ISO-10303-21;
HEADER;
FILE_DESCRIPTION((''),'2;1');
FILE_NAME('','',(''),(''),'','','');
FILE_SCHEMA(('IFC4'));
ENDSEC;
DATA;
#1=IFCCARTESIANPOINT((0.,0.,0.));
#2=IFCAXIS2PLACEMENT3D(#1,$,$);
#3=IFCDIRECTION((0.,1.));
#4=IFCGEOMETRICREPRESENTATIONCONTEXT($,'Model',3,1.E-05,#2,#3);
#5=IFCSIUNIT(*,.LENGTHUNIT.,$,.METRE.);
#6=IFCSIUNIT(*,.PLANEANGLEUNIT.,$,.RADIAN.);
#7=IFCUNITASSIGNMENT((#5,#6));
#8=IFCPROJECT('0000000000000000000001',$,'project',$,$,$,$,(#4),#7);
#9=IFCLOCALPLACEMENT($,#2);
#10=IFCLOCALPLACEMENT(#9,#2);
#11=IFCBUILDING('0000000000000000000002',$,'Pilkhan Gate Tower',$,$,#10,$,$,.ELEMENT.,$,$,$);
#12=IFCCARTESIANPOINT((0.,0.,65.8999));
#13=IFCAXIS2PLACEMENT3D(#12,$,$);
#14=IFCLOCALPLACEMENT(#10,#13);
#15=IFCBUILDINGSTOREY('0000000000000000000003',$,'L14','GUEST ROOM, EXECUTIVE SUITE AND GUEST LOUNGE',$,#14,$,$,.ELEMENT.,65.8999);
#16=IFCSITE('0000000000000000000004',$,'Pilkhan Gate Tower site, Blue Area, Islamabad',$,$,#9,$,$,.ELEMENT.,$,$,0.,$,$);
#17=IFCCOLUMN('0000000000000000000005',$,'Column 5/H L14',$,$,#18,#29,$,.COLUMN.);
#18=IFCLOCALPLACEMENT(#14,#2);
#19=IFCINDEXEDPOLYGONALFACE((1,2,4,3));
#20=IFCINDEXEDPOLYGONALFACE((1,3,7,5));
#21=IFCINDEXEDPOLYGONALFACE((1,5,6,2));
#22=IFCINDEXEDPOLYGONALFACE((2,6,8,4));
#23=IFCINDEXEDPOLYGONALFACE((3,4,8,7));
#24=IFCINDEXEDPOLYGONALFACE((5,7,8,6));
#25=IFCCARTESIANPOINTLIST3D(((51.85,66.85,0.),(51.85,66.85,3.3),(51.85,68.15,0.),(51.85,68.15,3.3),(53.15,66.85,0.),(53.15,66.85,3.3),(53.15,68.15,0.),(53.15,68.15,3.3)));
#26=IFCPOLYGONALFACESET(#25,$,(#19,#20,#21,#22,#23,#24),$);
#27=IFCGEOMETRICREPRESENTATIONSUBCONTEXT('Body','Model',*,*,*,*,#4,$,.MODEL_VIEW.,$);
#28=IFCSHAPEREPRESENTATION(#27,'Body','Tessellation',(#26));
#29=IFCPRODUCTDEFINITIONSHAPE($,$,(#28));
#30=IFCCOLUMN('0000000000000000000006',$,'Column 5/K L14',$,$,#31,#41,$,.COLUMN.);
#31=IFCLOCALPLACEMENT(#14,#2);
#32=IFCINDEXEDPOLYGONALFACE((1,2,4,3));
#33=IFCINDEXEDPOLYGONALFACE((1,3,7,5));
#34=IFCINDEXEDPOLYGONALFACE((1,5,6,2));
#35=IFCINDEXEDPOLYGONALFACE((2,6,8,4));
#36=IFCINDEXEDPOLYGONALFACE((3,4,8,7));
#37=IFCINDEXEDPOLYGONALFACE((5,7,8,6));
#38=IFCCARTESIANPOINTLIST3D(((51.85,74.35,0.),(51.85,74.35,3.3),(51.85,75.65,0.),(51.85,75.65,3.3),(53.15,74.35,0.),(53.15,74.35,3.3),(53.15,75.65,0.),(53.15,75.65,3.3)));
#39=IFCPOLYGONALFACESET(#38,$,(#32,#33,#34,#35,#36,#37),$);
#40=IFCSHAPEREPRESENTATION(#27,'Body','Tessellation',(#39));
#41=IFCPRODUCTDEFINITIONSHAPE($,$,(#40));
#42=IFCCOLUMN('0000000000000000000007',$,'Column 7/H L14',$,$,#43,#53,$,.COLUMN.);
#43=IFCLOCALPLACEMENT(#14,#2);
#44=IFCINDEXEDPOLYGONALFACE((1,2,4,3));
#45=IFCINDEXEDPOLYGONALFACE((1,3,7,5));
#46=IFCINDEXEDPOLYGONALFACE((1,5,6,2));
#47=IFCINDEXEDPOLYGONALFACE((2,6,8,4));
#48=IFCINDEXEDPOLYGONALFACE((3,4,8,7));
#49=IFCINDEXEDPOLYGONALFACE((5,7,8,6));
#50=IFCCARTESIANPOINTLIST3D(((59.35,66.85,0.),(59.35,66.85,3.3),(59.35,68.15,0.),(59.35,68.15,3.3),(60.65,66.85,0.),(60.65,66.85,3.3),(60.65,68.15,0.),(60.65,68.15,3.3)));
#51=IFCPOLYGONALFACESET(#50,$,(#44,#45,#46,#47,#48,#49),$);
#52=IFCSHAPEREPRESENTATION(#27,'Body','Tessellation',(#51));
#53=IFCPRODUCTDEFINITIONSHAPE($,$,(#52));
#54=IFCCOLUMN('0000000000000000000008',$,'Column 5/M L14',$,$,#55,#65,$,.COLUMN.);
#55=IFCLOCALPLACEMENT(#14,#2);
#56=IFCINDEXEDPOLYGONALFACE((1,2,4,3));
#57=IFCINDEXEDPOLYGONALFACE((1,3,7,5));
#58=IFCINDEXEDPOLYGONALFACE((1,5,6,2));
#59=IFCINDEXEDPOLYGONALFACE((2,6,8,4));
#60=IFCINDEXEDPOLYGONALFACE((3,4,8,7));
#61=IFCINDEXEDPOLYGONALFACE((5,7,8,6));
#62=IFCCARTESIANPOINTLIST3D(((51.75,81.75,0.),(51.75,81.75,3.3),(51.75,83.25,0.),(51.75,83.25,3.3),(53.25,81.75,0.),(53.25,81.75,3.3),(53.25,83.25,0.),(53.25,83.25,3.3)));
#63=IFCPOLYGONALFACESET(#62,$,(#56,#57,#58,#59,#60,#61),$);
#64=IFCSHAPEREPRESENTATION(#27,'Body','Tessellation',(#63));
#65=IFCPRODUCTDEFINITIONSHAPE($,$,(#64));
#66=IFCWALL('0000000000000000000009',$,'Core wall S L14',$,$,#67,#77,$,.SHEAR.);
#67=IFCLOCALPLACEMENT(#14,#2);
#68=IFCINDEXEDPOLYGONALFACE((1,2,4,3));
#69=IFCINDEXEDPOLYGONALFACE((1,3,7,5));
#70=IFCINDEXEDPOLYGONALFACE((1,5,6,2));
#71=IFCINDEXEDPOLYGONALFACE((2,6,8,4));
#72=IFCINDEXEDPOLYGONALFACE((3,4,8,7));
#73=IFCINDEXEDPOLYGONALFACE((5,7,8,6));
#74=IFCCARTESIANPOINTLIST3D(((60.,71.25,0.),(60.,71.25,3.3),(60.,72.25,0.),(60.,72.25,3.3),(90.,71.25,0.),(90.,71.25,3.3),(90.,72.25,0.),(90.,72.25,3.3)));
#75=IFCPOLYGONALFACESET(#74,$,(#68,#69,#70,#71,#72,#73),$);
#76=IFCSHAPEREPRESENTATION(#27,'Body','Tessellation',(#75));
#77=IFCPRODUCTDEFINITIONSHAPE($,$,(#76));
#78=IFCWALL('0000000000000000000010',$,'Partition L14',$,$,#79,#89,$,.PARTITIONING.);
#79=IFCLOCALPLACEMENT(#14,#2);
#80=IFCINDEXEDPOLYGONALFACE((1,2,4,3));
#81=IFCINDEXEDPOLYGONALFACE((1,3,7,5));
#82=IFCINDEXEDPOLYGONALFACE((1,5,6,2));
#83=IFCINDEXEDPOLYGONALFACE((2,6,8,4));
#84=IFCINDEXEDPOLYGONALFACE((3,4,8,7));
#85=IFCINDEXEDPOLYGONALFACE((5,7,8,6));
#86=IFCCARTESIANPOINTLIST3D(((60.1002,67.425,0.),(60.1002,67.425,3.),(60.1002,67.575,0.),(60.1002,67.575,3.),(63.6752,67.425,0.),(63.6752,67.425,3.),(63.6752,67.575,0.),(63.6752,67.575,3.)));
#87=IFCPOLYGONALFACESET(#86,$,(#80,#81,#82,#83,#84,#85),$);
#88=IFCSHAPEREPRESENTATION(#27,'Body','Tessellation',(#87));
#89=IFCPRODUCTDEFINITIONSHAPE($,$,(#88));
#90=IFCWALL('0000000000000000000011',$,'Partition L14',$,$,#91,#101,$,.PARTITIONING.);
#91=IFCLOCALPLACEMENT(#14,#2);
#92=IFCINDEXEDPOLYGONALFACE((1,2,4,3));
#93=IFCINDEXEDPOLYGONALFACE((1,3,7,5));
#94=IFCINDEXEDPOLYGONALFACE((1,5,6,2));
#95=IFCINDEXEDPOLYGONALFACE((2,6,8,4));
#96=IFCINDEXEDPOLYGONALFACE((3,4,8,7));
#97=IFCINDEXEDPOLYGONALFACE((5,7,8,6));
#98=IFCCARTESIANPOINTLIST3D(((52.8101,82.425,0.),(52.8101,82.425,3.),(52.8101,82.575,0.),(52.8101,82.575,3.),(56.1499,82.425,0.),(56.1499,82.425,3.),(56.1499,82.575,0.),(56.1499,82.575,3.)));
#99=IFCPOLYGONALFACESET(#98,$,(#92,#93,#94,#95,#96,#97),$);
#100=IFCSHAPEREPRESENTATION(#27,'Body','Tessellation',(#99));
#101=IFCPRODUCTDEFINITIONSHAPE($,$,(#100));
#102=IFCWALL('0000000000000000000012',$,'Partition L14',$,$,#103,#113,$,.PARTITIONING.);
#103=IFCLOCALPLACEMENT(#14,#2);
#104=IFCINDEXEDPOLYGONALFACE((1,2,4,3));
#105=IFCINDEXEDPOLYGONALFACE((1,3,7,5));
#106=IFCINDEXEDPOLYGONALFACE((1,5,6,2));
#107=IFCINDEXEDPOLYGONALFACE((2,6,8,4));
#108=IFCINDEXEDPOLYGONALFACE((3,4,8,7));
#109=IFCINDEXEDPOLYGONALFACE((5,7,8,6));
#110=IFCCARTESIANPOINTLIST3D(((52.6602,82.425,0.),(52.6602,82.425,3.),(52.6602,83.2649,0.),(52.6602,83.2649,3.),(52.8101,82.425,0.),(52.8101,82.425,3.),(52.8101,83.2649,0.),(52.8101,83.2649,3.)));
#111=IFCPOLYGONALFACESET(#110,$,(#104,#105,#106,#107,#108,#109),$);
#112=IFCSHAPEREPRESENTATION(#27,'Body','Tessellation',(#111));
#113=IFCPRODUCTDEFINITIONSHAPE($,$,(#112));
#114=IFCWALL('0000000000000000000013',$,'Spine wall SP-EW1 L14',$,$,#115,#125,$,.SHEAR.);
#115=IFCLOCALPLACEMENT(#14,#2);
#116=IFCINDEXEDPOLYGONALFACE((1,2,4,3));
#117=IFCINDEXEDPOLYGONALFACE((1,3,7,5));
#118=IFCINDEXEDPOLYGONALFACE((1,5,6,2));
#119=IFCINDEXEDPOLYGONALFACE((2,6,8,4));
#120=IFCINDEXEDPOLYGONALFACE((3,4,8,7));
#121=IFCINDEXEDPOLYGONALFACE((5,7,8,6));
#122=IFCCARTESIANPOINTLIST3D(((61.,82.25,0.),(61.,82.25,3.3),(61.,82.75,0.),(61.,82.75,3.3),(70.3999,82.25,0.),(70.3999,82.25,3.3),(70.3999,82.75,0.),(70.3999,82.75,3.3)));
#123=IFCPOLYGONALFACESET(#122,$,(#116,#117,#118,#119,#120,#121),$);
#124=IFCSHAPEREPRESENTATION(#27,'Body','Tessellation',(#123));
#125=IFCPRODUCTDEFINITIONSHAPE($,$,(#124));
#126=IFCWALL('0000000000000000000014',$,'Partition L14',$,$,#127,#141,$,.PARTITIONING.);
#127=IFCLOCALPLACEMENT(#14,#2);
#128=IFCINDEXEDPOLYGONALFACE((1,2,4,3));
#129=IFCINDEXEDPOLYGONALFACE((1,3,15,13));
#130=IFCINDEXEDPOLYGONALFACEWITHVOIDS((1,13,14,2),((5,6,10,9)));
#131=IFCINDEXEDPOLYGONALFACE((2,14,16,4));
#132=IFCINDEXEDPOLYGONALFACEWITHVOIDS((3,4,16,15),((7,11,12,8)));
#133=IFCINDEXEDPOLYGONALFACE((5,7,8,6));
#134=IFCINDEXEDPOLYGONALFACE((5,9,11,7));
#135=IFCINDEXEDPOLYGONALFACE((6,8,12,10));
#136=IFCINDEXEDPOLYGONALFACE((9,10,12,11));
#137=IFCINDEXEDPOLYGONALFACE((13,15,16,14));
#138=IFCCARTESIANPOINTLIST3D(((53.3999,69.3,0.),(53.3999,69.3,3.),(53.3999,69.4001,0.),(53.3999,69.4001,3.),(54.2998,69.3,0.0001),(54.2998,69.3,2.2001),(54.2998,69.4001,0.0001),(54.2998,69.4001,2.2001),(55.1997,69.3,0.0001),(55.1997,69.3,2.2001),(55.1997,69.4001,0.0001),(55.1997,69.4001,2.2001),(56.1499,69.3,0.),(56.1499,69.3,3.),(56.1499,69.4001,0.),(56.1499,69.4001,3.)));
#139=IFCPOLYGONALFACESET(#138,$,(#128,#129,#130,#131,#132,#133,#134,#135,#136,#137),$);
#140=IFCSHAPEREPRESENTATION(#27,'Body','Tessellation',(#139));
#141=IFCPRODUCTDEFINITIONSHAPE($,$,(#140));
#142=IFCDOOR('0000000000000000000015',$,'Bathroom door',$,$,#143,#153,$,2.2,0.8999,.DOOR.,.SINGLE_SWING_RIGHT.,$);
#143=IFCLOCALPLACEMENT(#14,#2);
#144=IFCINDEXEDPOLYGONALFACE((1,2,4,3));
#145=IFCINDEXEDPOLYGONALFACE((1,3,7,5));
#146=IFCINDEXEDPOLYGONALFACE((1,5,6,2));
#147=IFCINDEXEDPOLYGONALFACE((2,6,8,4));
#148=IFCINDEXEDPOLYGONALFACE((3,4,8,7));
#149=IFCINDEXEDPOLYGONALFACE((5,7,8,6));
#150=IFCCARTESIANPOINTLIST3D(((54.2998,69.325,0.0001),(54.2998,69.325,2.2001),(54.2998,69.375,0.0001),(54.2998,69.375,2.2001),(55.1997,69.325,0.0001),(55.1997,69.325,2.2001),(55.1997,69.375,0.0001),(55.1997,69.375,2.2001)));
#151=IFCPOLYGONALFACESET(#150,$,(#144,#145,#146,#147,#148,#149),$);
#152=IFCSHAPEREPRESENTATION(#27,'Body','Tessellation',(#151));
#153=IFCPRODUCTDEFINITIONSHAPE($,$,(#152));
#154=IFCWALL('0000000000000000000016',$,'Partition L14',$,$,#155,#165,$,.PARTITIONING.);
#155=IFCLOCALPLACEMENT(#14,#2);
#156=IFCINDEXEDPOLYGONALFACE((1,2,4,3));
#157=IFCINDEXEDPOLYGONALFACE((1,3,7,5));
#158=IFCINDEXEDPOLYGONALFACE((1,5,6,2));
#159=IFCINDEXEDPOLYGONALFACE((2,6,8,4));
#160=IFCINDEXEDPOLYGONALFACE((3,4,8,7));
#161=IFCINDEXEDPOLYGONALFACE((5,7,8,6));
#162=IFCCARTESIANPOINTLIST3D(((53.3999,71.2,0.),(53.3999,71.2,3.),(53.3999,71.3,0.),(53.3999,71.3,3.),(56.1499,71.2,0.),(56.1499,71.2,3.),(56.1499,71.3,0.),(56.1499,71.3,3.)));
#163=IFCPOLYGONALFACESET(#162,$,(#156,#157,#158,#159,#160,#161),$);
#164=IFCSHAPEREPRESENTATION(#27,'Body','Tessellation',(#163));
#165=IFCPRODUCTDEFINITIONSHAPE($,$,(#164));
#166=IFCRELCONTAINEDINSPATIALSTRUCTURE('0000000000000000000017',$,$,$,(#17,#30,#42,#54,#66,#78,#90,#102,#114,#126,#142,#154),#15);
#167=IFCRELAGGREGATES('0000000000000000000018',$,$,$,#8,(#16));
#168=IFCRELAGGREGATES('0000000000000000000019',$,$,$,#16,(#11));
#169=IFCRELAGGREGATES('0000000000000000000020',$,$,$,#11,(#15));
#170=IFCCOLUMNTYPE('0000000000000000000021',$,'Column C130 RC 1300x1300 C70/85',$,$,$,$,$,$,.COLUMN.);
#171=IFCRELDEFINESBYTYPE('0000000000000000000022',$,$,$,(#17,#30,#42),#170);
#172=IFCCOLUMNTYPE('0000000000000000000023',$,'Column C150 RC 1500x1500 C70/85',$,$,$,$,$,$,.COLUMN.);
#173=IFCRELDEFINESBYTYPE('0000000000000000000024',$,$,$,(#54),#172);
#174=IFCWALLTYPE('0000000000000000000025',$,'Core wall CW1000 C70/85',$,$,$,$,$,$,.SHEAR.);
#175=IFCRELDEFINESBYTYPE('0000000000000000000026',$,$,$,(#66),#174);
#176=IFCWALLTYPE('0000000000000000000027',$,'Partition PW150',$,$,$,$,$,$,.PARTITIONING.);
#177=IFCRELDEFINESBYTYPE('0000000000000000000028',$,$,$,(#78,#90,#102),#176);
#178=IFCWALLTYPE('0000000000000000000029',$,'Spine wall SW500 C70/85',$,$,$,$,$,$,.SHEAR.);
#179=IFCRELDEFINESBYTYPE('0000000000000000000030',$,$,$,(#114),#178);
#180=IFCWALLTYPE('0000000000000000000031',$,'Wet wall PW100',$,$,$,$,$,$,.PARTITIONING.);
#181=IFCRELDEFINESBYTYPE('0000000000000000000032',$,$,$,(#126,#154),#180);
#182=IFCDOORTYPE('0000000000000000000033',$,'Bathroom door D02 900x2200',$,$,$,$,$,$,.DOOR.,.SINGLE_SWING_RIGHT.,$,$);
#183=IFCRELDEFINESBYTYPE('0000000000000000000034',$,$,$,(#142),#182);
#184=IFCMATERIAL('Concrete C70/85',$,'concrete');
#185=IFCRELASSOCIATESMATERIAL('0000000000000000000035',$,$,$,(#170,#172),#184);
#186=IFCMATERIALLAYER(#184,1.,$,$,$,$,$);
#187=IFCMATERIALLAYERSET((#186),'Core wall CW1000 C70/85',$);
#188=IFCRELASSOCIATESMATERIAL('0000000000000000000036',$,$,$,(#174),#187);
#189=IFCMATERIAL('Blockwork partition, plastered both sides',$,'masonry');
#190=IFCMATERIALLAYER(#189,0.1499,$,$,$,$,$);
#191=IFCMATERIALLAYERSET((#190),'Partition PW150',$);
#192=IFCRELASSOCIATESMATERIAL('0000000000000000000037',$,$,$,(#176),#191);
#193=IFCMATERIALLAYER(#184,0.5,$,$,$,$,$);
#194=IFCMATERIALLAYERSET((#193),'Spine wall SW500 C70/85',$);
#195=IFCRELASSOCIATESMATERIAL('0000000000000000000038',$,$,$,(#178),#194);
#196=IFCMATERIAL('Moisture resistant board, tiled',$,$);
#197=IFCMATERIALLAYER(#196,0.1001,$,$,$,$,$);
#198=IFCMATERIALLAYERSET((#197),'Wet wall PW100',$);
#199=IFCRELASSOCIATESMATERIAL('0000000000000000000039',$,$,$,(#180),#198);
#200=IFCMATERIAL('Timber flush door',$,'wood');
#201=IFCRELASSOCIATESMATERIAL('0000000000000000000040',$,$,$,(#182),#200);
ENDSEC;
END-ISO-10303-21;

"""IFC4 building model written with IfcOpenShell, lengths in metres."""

from ifc_helpers import new_model, si_unit, direction, frame, frame_2d, origin, origin_2d, place, context, subcontext, project, spatial, rectangle, extrude, material, layer, layer_set, material_profile, profile_set, type_object, element, fill, save


model = new_model("IFC4")

# Units and contexts
model_context = context("Model", 3, precision=1e-05, world=origin(), true_north=direction((0.0, 1.0)))
body_context = subcontext(model_context, "Body", "Model", "MODEL_VIEW")
ifc_project = project(units=[si_unit("LENGTHUNIT", "METRE"), si_unit("PLANEANGLEUNIT", "RADIAN")], contexts=[model_context])

# Site, building, storey
site_placement = place(None, origin())
site = spatial("IfcSite", under=ifc_project, at=site_placement, Name="Pilkhan Gate Tower site, Blue Area, Islamabad", CompositionType="ELEMENT", RefElevation=0.0)
building_placement = place(site_placement, origin())
building = spatial("IfcBuilding", under=site, at=building_placement, Name="Pilkhan Gate Tower", CompositionType="ELEMENT")
storey_placement = place(building_placement, frame((0.0, 0.0, 65.8999)))
storey = spatial("IfcBuildingStorey", under=building, at=storey_placement, Name="L14", Description="GUEST ROOM, EXECUTIVE SUITE AND GUEST LOUNGE", CompositionType="ELEMENT", Elevation=65.8999)

# Columns
ifc_material_1 = material(Name="Concrete C70/85", Category="concrete")
ifc_material_profile_1 = material_profile(ifc_material_1, rectangle(XDim=1.3, YDim=1.3, at=origin_2d()), Name="RC 1300x1300")
ifc_profile_set_1 = profile_set([ifc_material_profile_1], Name="Concrete C70/85")
column_type_1 = type_object("IfcColumnType", Name="Column C130 RC 1300x1300 C70/85", PredefinedType="COLUMN", material=ifc_profile_set_1)
for number, where, z_axis, x_axis, name in (
    (1, (52.5, 67.5, 0.0), (0.0, 0.0, 1.0), (1.0, 0.0, 0.0), "Column 5/H L14"),
    (2, (52.5, 75.0, 0.0), (0.0, 0.0, 1.0), (1.0, 0.0, 0.0), "Column 5/K L14"),
    (3, (60.0, 67.5, 0.0), (0.0, 0.0, 1.0), (1.0, 0.0, 0.0), "Column 7/H L14"),
):
    element("IfcColumn", number, at=place(storey_placement, frame(where, z_axis=z_axis, x_axis=x_axis)), inside=storey, type_object=column_type_1, Name=name, PredefinedType="COLUMN", context=body_context, shape_type="SweptSolid", body=[
        extrude(rectangle(XDim=1.3, YDim=1.3, at=origin_2d()), origin(), (0.0, 0.0, 1.0), 3.3),
    ])
ifc_material_profile_2 = material_profile(ifc_material_1, rectangle(XDim=1.5, YDim=1.5, at=origin_2d()), Name="RC 1500x1500")
ifc_profile_set_2 = profile_set([ifc_material_profile_2], Name="Concrete C70/85")
column_type_2 = type_object("IfcColumnType", Name="Column C150 RC 1500x1500 C70/85", PredefinedType="COLUMN", material=ifc_profile_set_2)
column_placement = place(storey_placement, frame((52.5, 82.5, 0.0), z_axis=(0.0, 0.0, 1.0), x_axis=(1.0, 0.0, 0.0)))
element("IfcColumn", 4, at=column_placement, inside=storey, type_object=column_type_2, Name="Column 5/M L14", PredefinedType="COLUMN", context=body_context, shape_type="SweptSolid", body=[
    extrude(rectangle(XDim=1.5, YDim=1.5, at=origin_2d()), origin(), (0.0, 0.0, 1.0), 3.3),
])

# Walls
ifc_layer_1 = layer(ifc_material_1, 1.0)
ifc_layer_set_1 = layer_set([ifc_layer_1], Name="Core wall CW1000 C70/85")
wall_type_1 = type_object("IfcWallType", Name="Core wall CW1000 C70/85", PredefinedType="SHEAR", material=ifc_layer_set_1)
wall_1_placement = place(storey_placement, frame((60.0, 71.75, 0.0), z_axis=(0.0, 0.0, 1.0), x_axis=(1.0, 0.0, 0.0)))
element("IfcWall", 5, at=wall_1_placement, inside=storey, type_object=wall_type_1, Name="Core wall S L14", PredefinedType="SHEAR", context=body_context, shape_type="SweptSolid", body=[
    extrude(rectangle(XDim=30.0, YDim=1.0, at=frame_2d((15.0, 0.0))), origin(), (0.0, 0.0, 1.0), 3.3),
])
ifc_material_2 = material(Name="Blockwork partition, plastered both sides", Category="masonry")
ifc_layer_2 = layer(ifc_material_2, 0.1499)
ifc_layer_set_2 = layer_set([ifc_layer_2], Name="Partition PW150")
wall_type_2 = type_object("IfcWallType", Name="Partition PW150", PredefinedType="PARTITIONING", material=ifc_layer_set_2)
wall_2_placement = place(storey_placement, frame((60.1001, 67.5, 0.0), z_axis=(0.0, 0.0, 1.0), x_axis=(1.0, 0.0, 0.0)))
element("IfcWall", 6, at=wall_2_placement, inside=storey, type_object=wall_type_2, Name="Partition L14", PredefinedType="PARTITIONING", context=body_context, shape_type="SweptSolid", body=[
    extrude(rectangle(XDim=3.575, YDim=0.1499, at=frame_2d((1.7876, 0.0))), origin(), (0.0, 0.0, 1.0), 3.0),
])
wall_3_placement = place(storey_placement, frame((52.8101, 82.5, 0.0), z_axis=(0.0, 0.0, 1.0), x_axis=(1.0, 0.0, 0.0)))
element("IfcWall", 7, at=wall_3_placement, inside=storey, type_object=wall_type_2, Name="Partition L14", PredefinedType="PARTITIONING", context=body_context, shape_type="SweptSolid", body=[
    extrude(rectangle(XDim=3.3398, YDim=0.1499, at=frame_2d((1.6699, 0.0))), origin(), (0.0, 0.0, 1.0), 3.0),
])
wall_4_placement = place(storey_placement, frame((52.7351, 82.425, 0.0), z_axis=(0.0, 0.0, 1.0), x_axis=(0.0, 1.0, 0.0)))
element("IfcWall", 8, at=wall_4_placement, inside=storey, type_object=wall_type_2, Name="Partition L14", PredefinedType="PARTITIONING", context=body_context, shape_type="SweptSolid", body=[
    extrude(rectangle(XDim=0.8398, YDim=0.1499, at=frame_2d((0.4199, 0.0))), origin(), (0.0, 0.0, 1.0), 3.0),
])
ifc_layer_3 = layer(ifc_material_1, 0.5)
ifc_layer_set_3 = layer_set([ifc_layer_3], Name="Spine wall SW500 C70/85")
wall_type_3 = type_object("IfcWallType", Name="Spine wall SW500 C70/85", PredefinedType="SHEAR", material=ifc_layer_set_3)
wall_5_placement = place(storey_placement, frame((61.0, 82.5, 0.0), z_axis=(0.0, 0.0, 1.0), x_axis=(1.0, 0.0, 0.0)))
element("IfcWall", 9, at=wall_5_placement, inside=storey, type_object=wall_type_3, Name="Spine wall SP-EW1 L14", PredefinedType="SHEAR", context=body_context, shape_type="SweptSolid", body=[
    extrude(rectangle(XDim=9.3999, YDim=0.5, at=frame_2d((4.7, 0.0))), origin(), (0.0, 0.0, 1.0), 3.3),
])

# Wall, opening, door
ifc_material_3 = material(Name="Moisture resistant board, tiled")
ifc_layer_4 = layer(ifc_material_3, 0.1001)
ifc_layer_set_4 = layer_set([ifc_layer_4], Name="Wet wall PW100")
wall_type_4 = type_object("IfcWallType", Name="Wet wall PW100", PredefinedType="PARTITIONING", material=ifc_layer_set_4)
wall_6_placement = place(storey_placement, frame((53.3999, 69.3501, 0.0), z_axis=(0.0, 0.0, 1.0), x_axis=(1.0, 0.0, 0.0)))
wall_6 = element("IfcWall", 10, at=wall_6_placement, inside=storey, type_object=wall_type_4, Name="Partition L14", PredefinedType="PARTITIONING", context=body_context, shape_type="SweptSolid", body=[
    extrude(rectangle(XDim=2.75, YDim=0.1001, at=frame_2d((1.375, 0.0))), origin(), (0.0, 0.0, 1.0), 3.0),
])
opening_1_placement = place(wall_6_placement, frame((0.8999, 0.0, 0.0)))
opening_1 = element("IfcOpeningElement", 11, at=opening_1_placement, cuts=wall_6, PredefinedType="OPENING", context=body_context, shape_type="SweptSolid", body=[
    extrude(rectangle(XDim=0.8999, YDim=2.2, at=frame_2d((0.45, 1.1001))), frame((0.0, 0.0601, 0.0), z_axis=(0.0, -1.0, 0.0), x_axis=(1.0, 0.0, 0.0)), (0.0, 0.0, 1.0), 0.1201),
])
ifc_material_4 = material(Name="Timber flush door", Category="wood")
door_type = type_object("IfcDoorType", Name="Bathroom door D02 900x2200", OperationType="SINGLE_SWING_RIGHT", PredefinedType="DOOR", material=ifc_material_4)
door_1_placement = place(opening_1_placement, origin())
door_1 = element("IfcDoor", 12, at=door_1_placement, inside=storey, type_object=door_type, Name="Bathroom door", OperationType="SINGLE_SWING_RIGHT", OverallHeight=2.2, OverallWidth=0.8999, PredefinedType="DOOR", context=body_context, shape_type="SweptSolid", body=[
    extrude(rectangle(XDim=0.8999, YDim=2.2, at=frame_2d((0.45, 1.1001))), frame((0.0, 0.0249, 0.0), z_axis=(0.0, -1.0, 0.0), x_axis=(1.0, 0.0, 0.0)), (0.0, 0.0, 1.0), 0.05),
])
fill(opening_1, door_1)

# Wall
wall_7_placement = place(storey_placement, frame((53.3999, 71.25, 0.0), z_axis=(0.0, 0.0, 1.0), x_axis=(1.0, 0.0, 0.0)))
element("IfcWall", 13, at=wall_7_placement, inside=storey, type_object=wall_type_4, Name="Partition L14", PredefinedType="PARTITIONING", context=body_context, shape_type="SweptSolid", body=[
    extrude(rectangle(XDim=2.75, YDim=0.1001, at=frame_2d((1.375, 0.0))), origin(), (0.0, 0.0, 1.0), 3.0),
])

save(model, "model.ifc")
